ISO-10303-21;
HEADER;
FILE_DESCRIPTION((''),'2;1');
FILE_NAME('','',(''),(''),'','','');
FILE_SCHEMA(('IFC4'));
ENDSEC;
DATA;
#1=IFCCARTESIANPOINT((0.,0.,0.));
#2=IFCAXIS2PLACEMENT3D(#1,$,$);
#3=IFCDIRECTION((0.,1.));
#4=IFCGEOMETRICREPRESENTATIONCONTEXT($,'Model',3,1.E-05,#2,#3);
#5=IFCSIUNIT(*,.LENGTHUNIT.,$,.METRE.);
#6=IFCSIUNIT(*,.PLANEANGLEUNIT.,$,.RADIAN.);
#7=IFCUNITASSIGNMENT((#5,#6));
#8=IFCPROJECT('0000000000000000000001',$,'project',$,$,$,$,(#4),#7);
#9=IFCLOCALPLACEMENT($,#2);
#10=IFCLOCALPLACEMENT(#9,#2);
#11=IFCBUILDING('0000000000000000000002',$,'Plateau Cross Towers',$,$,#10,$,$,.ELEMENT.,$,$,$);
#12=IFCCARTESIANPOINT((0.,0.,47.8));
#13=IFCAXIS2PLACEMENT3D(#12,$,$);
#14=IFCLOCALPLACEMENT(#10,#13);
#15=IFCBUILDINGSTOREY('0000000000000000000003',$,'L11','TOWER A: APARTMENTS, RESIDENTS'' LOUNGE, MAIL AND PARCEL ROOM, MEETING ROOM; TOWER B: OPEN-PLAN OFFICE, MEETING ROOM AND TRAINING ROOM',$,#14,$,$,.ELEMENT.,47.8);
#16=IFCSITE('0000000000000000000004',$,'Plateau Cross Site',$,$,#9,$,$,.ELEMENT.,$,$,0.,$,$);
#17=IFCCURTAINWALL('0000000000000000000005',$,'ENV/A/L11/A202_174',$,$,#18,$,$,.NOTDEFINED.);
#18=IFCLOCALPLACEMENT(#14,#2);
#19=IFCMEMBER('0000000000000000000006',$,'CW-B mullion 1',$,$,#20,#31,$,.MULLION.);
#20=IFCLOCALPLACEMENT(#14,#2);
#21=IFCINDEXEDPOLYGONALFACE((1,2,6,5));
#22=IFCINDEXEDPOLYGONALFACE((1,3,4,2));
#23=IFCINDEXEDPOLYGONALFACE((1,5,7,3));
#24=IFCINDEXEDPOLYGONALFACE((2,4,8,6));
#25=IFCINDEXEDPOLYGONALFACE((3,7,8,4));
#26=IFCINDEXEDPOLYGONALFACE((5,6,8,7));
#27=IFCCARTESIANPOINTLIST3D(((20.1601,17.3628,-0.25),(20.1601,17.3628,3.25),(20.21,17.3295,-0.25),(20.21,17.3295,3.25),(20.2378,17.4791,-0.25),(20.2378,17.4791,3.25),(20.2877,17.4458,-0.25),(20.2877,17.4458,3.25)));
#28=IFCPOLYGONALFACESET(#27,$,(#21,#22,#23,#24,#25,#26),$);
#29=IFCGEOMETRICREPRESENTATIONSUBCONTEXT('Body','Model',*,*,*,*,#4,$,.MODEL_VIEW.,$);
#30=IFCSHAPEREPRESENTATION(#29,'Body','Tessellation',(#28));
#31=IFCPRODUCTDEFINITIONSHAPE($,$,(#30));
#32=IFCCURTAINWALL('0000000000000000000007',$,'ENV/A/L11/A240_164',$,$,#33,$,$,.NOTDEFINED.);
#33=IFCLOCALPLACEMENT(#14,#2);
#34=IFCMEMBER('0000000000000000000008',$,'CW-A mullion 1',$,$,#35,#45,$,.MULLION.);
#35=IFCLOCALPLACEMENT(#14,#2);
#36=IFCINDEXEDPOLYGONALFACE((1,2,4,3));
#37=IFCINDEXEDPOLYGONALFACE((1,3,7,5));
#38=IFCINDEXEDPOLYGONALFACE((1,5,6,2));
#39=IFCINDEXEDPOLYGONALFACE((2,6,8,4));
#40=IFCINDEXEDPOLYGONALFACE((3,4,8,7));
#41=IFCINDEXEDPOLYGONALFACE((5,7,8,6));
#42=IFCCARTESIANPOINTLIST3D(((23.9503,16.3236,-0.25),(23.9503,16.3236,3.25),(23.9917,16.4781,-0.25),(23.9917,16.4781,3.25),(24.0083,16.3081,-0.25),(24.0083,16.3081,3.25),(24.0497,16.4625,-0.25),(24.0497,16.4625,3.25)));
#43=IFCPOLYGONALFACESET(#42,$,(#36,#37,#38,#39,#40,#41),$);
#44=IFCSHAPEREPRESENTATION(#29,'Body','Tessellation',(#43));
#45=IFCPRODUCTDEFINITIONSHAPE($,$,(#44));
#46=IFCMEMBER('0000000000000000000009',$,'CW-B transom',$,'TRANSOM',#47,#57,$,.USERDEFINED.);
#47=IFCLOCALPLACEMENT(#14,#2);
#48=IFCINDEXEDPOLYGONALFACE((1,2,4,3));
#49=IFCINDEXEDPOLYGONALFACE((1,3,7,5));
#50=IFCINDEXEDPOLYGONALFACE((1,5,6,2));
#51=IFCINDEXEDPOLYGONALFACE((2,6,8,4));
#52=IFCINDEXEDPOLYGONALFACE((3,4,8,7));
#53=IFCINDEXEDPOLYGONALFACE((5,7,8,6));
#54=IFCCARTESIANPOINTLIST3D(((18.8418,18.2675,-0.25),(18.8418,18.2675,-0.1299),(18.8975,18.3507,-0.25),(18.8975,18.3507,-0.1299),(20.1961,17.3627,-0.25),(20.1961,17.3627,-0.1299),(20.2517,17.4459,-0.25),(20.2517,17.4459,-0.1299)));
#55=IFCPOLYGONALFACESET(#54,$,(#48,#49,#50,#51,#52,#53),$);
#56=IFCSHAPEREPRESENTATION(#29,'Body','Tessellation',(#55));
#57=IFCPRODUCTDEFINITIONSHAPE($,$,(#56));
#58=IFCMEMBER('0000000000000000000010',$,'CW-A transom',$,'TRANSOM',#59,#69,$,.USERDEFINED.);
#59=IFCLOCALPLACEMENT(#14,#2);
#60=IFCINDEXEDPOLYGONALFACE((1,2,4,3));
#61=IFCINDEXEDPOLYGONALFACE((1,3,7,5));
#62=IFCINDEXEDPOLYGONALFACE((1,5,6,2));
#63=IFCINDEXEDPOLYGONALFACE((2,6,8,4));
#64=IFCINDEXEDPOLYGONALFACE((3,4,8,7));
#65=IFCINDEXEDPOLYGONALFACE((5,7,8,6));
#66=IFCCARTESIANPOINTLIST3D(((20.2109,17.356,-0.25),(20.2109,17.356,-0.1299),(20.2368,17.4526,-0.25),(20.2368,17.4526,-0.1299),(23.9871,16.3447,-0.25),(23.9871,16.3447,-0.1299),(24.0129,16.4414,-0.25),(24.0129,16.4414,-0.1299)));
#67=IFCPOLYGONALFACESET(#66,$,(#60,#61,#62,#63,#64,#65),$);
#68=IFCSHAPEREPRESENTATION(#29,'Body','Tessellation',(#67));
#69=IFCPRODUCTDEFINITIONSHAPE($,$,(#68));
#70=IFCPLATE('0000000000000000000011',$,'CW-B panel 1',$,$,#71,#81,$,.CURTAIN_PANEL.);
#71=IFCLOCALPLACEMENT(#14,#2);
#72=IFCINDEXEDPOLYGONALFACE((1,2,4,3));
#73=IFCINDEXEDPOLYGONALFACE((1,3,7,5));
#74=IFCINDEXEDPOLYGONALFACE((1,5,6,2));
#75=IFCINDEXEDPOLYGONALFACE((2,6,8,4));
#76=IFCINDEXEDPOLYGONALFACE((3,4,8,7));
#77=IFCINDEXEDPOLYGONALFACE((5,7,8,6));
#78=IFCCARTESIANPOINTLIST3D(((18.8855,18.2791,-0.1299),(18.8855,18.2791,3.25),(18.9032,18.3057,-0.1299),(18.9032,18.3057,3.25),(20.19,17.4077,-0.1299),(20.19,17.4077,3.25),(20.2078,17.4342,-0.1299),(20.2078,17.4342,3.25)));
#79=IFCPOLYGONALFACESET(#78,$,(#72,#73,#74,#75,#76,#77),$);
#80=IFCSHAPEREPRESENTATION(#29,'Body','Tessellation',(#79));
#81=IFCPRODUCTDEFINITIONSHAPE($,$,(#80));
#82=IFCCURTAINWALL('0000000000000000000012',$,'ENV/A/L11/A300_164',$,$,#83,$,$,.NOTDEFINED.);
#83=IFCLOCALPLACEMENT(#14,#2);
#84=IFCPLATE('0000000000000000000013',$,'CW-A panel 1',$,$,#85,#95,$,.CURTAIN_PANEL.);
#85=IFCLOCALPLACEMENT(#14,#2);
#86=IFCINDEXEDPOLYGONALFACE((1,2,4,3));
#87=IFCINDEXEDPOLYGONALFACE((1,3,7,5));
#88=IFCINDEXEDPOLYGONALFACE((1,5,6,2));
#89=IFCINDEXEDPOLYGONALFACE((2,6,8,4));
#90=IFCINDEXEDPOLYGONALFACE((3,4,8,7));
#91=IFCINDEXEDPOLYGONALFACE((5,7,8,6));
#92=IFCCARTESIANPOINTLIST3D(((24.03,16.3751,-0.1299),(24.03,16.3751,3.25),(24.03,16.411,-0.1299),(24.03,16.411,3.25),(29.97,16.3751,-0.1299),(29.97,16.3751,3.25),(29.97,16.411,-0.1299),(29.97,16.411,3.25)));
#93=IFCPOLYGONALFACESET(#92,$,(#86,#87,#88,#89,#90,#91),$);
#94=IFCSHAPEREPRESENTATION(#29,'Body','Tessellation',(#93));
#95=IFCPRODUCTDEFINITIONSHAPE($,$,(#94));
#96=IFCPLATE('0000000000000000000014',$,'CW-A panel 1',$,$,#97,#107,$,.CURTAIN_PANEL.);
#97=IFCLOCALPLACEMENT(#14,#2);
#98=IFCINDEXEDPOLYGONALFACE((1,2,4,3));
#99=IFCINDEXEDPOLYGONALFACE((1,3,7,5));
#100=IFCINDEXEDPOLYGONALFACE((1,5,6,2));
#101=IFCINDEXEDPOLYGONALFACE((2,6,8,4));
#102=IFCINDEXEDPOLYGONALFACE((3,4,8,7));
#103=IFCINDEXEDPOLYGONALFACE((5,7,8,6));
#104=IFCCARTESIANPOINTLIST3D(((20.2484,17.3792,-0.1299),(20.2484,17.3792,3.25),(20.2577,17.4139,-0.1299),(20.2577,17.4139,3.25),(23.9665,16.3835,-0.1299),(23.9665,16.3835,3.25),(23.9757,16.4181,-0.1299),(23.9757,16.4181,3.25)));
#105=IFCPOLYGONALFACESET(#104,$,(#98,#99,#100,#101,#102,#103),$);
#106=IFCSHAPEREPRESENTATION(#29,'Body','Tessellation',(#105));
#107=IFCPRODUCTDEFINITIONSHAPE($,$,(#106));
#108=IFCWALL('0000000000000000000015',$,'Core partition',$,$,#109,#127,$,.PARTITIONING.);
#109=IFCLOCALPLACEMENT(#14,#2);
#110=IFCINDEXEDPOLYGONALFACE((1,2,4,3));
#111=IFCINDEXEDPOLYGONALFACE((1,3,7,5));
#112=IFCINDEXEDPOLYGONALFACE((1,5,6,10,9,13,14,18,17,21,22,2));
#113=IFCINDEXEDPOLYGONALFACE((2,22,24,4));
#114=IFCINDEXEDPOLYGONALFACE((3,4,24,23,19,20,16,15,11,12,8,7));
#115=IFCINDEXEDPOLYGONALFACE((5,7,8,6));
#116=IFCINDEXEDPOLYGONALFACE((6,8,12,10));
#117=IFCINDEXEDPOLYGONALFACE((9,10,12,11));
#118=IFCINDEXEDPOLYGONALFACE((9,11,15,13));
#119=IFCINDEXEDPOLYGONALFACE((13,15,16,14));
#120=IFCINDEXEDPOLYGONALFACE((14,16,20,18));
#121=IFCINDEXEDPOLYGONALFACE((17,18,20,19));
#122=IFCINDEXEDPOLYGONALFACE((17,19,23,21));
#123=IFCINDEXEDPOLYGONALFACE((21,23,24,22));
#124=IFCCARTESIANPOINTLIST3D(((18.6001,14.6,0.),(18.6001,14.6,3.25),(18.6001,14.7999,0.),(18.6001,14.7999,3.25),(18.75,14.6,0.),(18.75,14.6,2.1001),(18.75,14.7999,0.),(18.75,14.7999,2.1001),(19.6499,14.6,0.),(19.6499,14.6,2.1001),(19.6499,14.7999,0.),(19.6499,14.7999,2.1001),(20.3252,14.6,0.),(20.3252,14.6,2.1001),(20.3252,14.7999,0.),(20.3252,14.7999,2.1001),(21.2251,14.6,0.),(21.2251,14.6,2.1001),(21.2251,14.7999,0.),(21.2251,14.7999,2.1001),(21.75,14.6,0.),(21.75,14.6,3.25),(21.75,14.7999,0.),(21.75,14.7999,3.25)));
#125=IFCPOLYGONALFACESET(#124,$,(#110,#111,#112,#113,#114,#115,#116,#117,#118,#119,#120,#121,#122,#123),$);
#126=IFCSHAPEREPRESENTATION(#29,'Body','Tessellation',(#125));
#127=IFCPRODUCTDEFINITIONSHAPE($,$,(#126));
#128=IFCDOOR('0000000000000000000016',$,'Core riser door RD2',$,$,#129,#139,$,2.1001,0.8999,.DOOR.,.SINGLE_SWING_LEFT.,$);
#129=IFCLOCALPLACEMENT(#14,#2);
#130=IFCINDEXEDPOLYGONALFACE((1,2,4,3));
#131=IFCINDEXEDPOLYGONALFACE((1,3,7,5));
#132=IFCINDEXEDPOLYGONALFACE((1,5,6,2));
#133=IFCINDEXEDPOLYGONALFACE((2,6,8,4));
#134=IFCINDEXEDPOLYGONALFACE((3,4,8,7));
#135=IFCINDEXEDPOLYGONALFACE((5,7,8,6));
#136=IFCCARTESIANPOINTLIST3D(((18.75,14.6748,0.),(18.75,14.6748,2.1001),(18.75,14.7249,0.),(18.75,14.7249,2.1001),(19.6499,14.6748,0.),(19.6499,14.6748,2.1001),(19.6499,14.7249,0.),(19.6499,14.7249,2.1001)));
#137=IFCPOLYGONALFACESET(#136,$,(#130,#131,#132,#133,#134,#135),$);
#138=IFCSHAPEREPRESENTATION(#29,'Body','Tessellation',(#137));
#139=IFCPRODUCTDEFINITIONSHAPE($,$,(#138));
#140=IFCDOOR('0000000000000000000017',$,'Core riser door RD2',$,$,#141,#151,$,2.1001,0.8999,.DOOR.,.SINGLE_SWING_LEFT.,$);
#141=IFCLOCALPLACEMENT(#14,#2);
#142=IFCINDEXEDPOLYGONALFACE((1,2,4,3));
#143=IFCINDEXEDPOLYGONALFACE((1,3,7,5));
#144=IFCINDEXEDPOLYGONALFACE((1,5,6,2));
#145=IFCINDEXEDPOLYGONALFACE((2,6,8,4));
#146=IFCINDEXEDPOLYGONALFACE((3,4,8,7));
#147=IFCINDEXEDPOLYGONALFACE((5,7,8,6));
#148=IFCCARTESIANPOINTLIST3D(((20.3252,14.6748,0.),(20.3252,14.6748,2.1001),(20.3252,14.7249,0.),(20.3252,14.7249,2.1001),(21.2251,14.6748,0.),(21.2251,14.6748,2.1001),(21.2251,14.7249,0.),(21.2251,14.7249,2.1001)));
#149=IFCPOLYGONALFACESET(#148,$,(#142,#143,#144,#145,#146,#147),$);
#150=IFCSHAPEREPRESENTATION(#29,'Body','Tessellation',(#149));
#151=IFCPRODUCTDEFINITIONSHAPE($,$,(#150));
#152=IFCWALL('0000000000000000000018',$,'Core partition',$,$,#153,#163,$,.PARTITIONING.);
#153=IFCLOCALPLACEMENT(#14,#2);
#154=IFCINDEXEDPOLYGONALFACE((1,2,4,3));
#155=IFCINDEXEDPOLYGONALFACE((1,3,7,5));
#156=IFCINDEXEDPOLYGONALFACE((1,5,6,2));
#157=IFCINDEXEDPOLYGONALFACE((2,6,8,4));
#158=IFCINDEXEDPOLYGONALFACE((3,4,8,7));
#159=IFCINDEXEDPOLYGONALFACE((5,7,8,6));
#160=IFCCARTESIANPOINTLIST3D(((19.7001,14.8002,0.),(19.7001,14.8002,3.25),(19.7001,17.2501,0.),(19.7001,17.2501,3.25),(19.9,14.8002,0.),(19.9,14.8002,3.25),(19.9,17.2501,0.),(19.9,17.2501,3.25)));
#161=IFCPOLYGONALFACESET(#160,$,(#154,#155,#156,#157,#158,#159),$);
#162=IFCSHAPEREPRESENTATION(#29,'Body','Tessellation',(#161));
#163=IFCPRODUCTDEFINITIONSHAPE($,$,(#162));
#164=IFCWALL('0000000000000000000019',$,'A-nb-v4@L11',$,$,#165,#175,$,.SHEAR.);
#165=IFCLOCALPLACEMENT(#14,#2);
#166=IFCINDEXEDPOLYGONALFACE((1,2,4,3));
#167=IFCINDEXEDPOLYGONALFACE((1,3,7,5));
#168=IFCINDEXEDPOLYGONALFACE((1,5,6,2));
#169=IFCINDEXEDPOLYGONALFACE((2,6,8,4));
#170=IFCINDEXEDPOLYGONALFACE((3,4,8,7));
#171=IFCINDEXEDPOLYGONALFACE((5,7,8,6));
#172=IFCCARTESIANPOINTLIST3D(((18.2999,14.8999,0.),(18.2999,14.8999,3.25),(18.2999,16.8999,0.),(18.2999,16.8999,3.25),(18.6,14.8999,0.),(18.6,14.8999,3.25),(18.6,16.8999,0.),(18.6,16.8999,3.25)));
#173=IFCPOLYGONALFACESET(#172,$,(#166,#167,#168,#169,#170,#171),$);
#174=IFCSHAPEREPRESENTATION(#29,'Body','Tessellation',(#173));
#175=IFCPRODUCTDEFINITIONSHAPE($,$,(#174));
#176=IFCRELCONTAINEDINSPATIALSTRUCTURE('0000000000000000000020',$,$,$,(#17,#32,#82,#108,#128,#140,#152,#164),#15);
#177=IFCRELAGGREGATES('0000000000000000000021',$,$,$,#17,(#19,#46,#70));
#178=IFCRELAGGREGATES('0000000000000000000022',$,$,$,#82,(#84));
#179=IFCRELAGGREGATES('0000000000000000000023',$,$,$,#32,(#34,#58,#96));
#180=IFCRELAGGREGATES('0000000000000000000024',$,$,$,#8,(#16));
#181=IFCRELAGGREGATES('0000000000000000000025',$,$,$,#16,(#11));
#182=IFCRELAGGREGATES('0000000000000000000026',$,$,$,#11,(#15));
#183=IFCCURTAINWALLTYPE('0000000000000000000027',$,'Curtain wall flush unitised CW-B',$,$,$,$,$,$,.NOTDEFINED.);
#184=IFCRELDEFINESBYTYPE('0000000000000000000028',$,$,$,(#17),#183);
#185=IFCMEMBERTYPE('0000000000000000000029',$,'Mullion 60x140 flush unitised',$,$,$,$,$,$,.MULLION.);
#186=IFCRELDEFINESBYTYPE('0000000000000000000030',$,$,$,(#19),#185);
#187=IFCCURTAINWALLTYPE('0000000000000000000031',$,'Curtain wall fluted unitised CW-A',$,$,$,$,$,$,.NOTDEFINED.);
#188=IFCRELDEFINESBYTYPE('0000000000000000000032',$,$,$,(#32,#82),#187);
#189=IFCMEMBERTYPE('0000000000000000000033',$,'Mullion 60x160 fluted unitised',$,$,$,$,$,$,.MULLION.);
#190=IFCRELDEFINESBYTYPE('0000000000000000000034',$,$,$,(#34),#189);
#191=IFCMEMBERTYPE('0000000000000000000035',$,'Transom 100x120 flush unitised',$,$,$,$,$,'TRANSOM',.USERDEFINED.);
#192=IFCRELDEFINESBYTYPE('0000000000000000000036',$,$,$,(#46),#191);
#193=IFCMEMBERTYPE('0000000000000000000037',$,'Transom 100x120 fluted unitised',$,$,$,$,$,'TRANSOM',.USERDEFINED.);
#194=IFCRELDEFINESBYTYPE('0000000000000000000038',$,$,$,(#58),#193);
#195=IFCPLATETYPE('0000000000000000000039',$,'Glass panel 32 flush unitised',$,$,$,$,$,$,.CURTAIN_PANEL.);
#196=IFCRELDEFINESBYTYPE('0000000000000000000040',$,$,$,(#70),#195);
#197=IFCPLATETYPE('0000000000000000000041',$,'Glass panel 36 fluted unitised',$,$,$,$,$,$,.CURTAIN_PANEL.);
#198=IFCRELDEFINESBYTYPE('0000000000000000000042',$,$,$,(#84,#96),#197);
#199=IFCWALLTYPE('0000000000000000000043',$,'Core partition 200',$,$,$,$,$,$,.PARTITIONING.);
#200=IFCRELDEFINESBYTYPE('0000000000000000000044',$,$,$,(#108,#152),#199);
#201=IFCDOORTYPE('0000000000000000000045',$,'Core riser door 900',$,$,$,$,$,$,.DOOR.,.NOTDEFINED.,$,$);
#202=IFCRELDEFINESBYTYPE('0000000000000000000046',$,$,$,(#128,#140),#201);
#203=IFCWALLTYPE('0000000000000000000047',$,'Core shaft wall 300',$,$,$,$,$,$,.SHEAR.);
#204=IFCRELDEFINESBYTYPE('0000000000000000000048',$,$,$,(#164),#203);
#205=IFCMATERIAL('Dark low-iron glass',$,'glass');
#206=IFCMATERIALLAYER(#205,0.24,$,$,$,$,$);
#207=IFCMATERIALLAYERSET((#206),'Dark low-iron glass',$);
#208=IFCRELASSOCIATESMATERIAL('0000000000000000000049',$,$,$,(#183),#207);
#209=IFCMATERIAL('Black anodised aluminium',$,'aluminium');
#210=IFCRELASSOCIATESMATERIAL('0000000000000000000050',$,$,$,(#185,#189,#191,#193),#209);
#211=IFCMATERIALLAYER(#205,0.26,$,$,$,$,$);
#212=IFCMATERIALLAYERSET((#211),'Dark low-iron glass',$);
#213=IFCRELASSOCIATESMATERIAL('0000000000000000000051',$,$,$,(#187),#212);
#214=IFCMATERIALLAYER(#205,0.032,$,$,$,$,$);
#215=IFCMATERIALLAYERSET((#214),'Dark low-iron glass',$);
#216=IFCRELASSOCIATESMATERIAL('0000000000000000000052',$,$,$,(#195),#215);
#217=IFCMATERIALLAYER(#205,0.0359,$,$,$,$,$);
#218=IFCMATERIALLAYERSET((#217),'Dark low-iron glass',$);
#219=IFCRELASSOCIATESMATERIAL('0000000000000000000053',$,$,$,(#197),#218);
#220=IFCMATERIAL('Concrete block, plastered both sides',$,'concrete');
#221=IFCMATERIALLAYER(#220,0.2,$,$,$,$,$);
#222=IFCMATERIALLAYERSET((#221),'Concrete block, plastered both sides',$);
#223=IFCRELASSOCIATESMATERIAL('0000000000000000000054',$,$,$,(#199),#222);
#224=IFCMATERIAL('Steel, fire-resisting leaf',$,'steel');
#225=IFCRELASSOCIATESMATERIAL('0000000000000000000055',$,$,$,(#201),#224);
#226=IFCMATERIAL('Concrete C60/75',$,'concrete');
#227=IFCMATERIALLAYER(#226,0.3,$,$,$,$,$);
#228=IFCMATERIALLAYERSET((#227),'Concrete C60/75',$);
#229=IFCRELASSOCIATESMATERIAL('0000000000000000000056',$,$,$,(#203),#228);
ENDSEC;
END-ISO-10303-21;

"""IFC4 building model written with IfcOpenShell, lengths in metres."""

from ifc_helpers import new_model, si_unit, direction, frame, frame_2d, origin, origin_2d, place, context, subcontext, project, spatial, rectangle, extrude, material, layer, layer_set, material_profile, profile_set, type_object, element, fill, aggregate, save


model = new_model("IFC4")

# Units and contexts
model_context = context("Model", 3, precision=1e-05, world=origin(), true_north=direction((0.0, 1.0)))
body_context = subcontext(model_context, "Body", "Model", "MODEL_VIEW")
ifc_project = project(units=[si_unit("LENGTHUNIT", "METRE"), si_unit("PLANEANGLEUNIT", "RADIAN")], contexts=[model_context])

# Site, building, storey
site_placement = place(None, origin())
site = spatial("IfcSite", under=ifc_project, at=site_placement, Name="Plateau Cross Site", CompositionType="ELEMENT", RefElevation=0.0)
building_placement = place(site_placement, origin())
building = spatial("IfcBuilding", under=site, at=building_placement, Name="Plateau Cross Towers", CompositionType="ELEMENT")
storey_placement = place(building_placement, frame((0.0, 0.0, 47.8)))
storey = spatial("IfcBuildingStorey", under=building, at=storey_placement, Name="L11", Description="TOWER A: APARTMENTS, RESIDENTS' LOUNGE, MAIL AND PARCEL ROOM, MEETING ROOM; TOWER B: OPEN-PLAN OFFICE, MEETING ROOM AND TRAINING ROOM", CompositionType="ELEMENT", Elevation=47.8)

# Curtain walls, members
ifc_material_1 = material(Name="Dark low-iron glass", Category="glass")
ifc_layer_1 = layer(ifc_material_1, 0.24)
ifc_layer_set_1 = layer_set([ifc_layer_1], Name="Dark low-iron glass")
curtain_wall_type_1 = type_object("IfcCurtainWallType", Name="Curtain wall flush unitised CW-B", PredefinedType="NOTDEFINED", material=ifc_layer_set_1)
curtain_wall_1_placement = place(storey_placement, origin())
curtain_wall_1 = element("IfcCurtainWall", 1, at=curtain_wall_1_placement, inside=storey, type_object=curtain_wall_type_1, Name="ENV/A/L11/A202_174", PredefinedType="NOTDEFINED")
ifc_material_2 = material(Name="Black anodised aluminium", Category="aluminium")
ifc_material_profile_1 = material_profile(ifc_material_2, rectangle(XDim=0.0601, YDim=0.1399, at=origin_2d()), Name="MULLION 60x140")
ifc_profile_set_1 = profile_set([ifc_material_profile_1], Name="Black anodised aluminium")
member_type_1 = type_object("IfcMemberType", Name="Mullion 60x140 flush unitised", PredefinedType="MULLION", material=ifc_profile_set_1)
member_1_placement = place(storey_placement, frame((20.2239, 17.4043, -0.25), z_axis=(0.0, 0.0, 1.0), x_axis=(-0.831521, 0.555493, 0.0)))
member_1 = element("IfcMember", 2, at=member_1_placement, type_object=member_type_1, Name="CW-B mullion 1", PredefinedType="MULLION", context=body_context, shape_type="SweptSolid", body=[
    extrude(rectangle(XDim=0.0601, YDim=0.1399, at=origin_2d()), origin(), (0.0, 0.0, 1.0), 3.5),
])
ifc_layer_2 = layer(ifc_material_1, 0.26)
ifc_layer_set_2 = layer_set([ifc_layer_2], Name="Dark low-iron glass")
curtain_wall_type_2 = type_object("IfcCurtainWallType", Name="Curtain wall fluted unitised CW-A", PredefinedType="NOTDEFINED", material=ifc_layer_set_2)
curtain_wall_2_placement = place(storey_placement, origin())
curtain_wall_2 = element("IfcCurtainWall", 3, at=curtain_wall_2_placement, inside=storey, type_object=curtain_wall_type_2, Name="ENV/A/L11/A240_164", PredefinedType="NOTDEFINED")
ifc_material_profile_2 = material_profile(ifc_material_2, rectangle(XDim=0.0601, YDim=0.1599, at=origin_2d()), Name="MULLION 60x160")
ifc_profile_set_2 = profile_set([ifc_material_profile_2], Name="Black anodised aluminium")
member_type_2 = type_object("IfcMemberType", Name="Mullion 60x160 fluted unitised", PredefinedType="MULLION", material=ifc_profile_set_2)
member_2_placement = place(storey_placement, frame((24.0, 16.3931, -0.25), z_axis=(0.0, 0.0, 1.0), x_axis=(-0.965958, 0.258699, 0.0)))
member_2 = element("IfcMember", 4, at=member_2_placement, type_object=member_type_2, Name="CW-A mullion 1", PredefinedType="MULLION", context=body_context, shape_type="SweptSolid", body=[
    extrude(rectangle(XDim=0.0601, YDim=0.1599, at=origin_2d()), origin(), (0.0, 0.0, 1.0), 3.5),
])

# Members
ifc_material_profile_3 = material_profile(ifc_material_2, rectangle(XDim=0.1001, YDim=0.1201, at=origin_2d()), Name="TRANSOM 100x120")
ifc_profile_set_3 = profile_set([ifc_material_profile_3], Name="Black anodised aluminium")
member_type_3 = type_object("IfcMemberType", Name="Transom 100x120 flush unitised", ElementType="TRANSOM", PredefinedType="USERDEFINED", material=ifc_profile_set_3)
member_3_placement = place(storey_placement, frame((20.2239, 17.4043, -0.1899), z_axis=(-0.831496, 0.55553, 0.0), x_axis=(-0.55553, -0.831496, 0.0)))
member_3 = element("IfcMember", 5, at=member_3_placement, type_object=member_type_3, Name="CW-B transom", ObjectType="TRANSOM", PredefinedType="USERDEFINED", context=body_context, shape_type="SweptSolid", body=[
    extrude(rectangle(XDim=0.1001, YDim=0.1201, at=origin_2d()), origin(), (0.0, 0.0, 1.0), 1.6287),
])
ifc_material_profile_4 = material_profile(ifc_material_2, rectangle(XDim=0.1001, YDim=0.1201, at=origin_2d()), Name="TRANSOM 100x120")
ifc_profile_set_4 = profile_set([ifc_material_profile_4], Name="Black anodised aluminium")
member_type_4 = type_object("IfcMemberType", Name="Transom 100x120 fluted unitised", ElementType="TRANSOM", PredefinedType="USERDEFINED", material=ifc_profile_set_4)
member_4_placement = place(storey_placement, frame((24.0, 16.3931, -0.1899), z_axis=(-0.965963, 0.258681, 0.0), x_axis=(-0.258681, -0.965963, 0.0)))
member_4 = element("IfcMember", 6, at=member_4_placement, type_object=member_type_4, Name="CW-A transom", ObjectType="TRANSOM", PredefinedType="USERDEFINED", context=body_context, shape_type="SweptSolid", body=[
    extrude(rectangle(XDim=0.1001, YDim=0.1201, at=origin_2d()), origin(), (0.0, 0.0, 1.0), 3.9092),
])

# Plate
ifc_layer_3 = layer(ifc_material_1, 0.032)
ifc_layer_set_3 = layer_set([ifc_layer_3], Name="Dark low-iron glass")
plate_type_1 = type_object("IfcPlateType", Name="Glass panel 32 flush unitised", PredefinedType="CURTAIN_PANEL", material=ifc_layer_set_3)
plate_1_placement = place(storey_placement, frame((19.5466, 17.8567, -0.1299), z_axis=(0.0, 0.0, 1.0), x_axis=(-0.831521, 0.555493, 0.0)))
plate_1 = element("IfcPlate", 7, at=plate_1_placement, type_object=plate_type_1, Name="CW-B panel 1", PredefinedType="CURTAIN_PANEL", context=body_context, shape_type="SweptSolid", body=[
    extrude(rectangle(XDim=1.5688, YDim=0.032, at=origin_2d()), origin(), (0.0, 0.0, 1.0), 3.3799),
])
aggregate(curtain_wall_1, [member_1, member_3, plate_1])

# Curtain wall, plate
curtain_wall_3_placement = place(storey_placement, origin())
curtain_wall_3 = element("IfcCurtainWall", 8, at=curtain_wall_3_placement, inside=storey, type_object=curtain_wall_type_2, Name="ENV/A/L11/A300_164", PredefinedType="NOTDEFINED")
ifc_layer_4 = layer(ifc_material_1, 0.0359)
ifc_layer_set_4 = layer_set([ifc_layer_4], Name="Dark low-iron glass")
plate_type_2 = type_object("IfcPlateType", Name="Glass panel 36 fluted unitised", PredefinedType="CURTAIN_PANEL", material=ifc_layer_set_4)
plate_2_placement = place(storey_placement, frame((27.0, 16.3931, -0.1299), z_axis=(0.0, 0.0, 1.0), x_axis=(-1.0, 0.0, 0.0)))
plate_2 = element("IfcPlate", 9, at=plate_2_placement, type_object=plate_type_2, Name="CW-A panel 1", PredefinedType="CURTAIN_PANEL", context=body_context, shape_type="SweptSolid", body=[
    extrude(rectangle(XDim=5.9399, YDim=0.0359, at=origin_2d()), origin(), (0.0, 0.0, 1.0), 3.3799),
])
aggregate(curtain_wall_3, [plate_2])

# Plate
plate_3_placement = place(storey_placement, frame((22.1121, 16.8987, -0.1299), z_axis=(0.0, 0.0, 1.0), x_axis=(-0.965958, 0.258699, 0.0)))
plate_3 = element("IfcPlate", 10, at=plate_3_placement, type_object=plate_type_2, Name="CW-A panel 1", PredefinedType="CURTAIN_PANEL", context=body_context, shape_type="SweptSolid", body=[
    extrude(rectangle(XDim=3.8491, YDim=0.0359, at=origin_2d()), origin(), (0.0, 0.0, 1.0), 3.3799),
])
aggregate(curtain_wall_2, [member_2, member_4, plate_3])

# Wall, openings, doors
ifc_material_3 = material(Name="Concrete block, plastered both sides", Category="concrete")
ifc_layer_5 = layer(ifc_material_3, 0.2)
ifc_layer_set_5 = layer_set([ifc_layer_5], Name="Concrete block, plastered both sides")
wall_type_1 = type_object("IfcWallType", Name="Core partition 200", PredefinedType="PARTITIONING", material=ifc_layer_set_5)
wall_1_placement = place(storey_placement, frame((18.6001, 14.7, 0.0), z_axis=(0.0, 0.0, 1.0), x_axis=(1.0, 0.0, 0.0)))
wall_1 = element("IfcWall", 11, at=wall_1_placement, inside=storey, type_object=wall_type_1, Name="Core partition", PredefinedType="PARTITIONING", context=body_context, shape_type="SweptSolid", body=[
    extrude(rectangle(XDim=3.1499, YDim=0.2, at=frame_2d((1.575, 0.0))), origin(), (0.0, 0.0, 1.0), 3.25),
])
opening_1_placement = place(wall_1_placement, frame((0.1499, 0.0, 0.0)))
opening_1 = element("IfcOpeningElement", 12, at=opening_1_placement, cuts=wall_1, PredefinedType="OPENING", context=body_context, shape_type="SweptSolid", body=[
    extrude(rectangle(XDim=0.8999, YDim=2.1001, at=frame_2d((0.45, 1.05))), frame((0.0, 0.1099, 0.0), z_axis=(0.0, -1.0, 0.0), x_axis=(1.0, 0.0, 0.0)), (0.0, 0.0, 1.0), 0.22),
])
opening_2_placement = place(wall_1_placement, frame((1.7251, 0.0, 0.0)))
opening_2 = element("IfcOpeningElement", 13, at=opening_2_placement, cuts=wall_1, PredefinedType="OPENING", context=body_context, shape_type="SweptSolid", body=[
    extrude(rectangle(XDim=0.8999, YDim=2.1001, at=frame_2d((0.45, 1.05))), frame((0.0, 0.1099, 0.0), z_axis=(0.0, -1.0, 0.0), x_axis=(1.0, 0.0, 0.0)), (0.0, 0.0, 1.0), 0.22),
])
ifc_material_4 = material(Name="Steel, fire-resisting leaf", Category="steel")
door_type_1 = type_object("IfcDoorType", Name="Core riser door 900", OperationType="NOTDEFINED", PredefinedType="DOOR", material=ifc_material_4)
door_1_placement = place(opening_1_placement, origin())
door_1 = element("IfcDoor", 14, at=door_1_placement, inside=storey, type_object=door_type_1, Name="Core riser door RD2", OperationType="SINGLE_SWING_LEFT", OverallHeight=2.1001, OverallWidth=0.8999, PredefinedType="DOOR", context=body_context, shape_type="SweptSolid", body=[
    extrude(rectangle(XDim=0.8999, YDim=2.1001, at=frame_2d((0.45, 1.05))), frame((0.0, 0.0249, 0.0), z_axis=(0.0, -1.0, 0.0), x_axis=(1.0, 0.0, 0.0)), (0.0, 0.0, 1.0), 0.05),
])
fill(opening_1, door_1)
door_2_placement = place(opening_2_placement, origin())
door_2 = element("IfcDoor", 15, at=door_2_placement, inside=storey, type_object=door_type_1, Name="Core riser door RD2", OperationType="SINGLE_SWING_LEFT", OverallHeight=2.1001, OverallWidth=0.8999, PredefinedType="DOOR", context=body_context, shape_type="SweptSolid", body=[
    extrude(rectangle(XDim=0.8999, YDim=2.1001, at=frame_2d((0.45, 1.05))), frame((0.0, 0.0249, 0.0), z_axis=(0.0, -1.0, 0.0), x_axis=(1.0, 0.0, 0.0)), (0.0, 0.0, 1.0), 0.05),
])
fill(opening_2, door_2)

# Walls
wall_2_placement = place(storey_placement, frame((19.8, 14.8, 0.0), z_axis=(0.0, 0.0, 1.0), x_axis=(0.0, 1.0, 0.0)))
element("IfcWall", 16, at=wall_2_placement, inside=storey, type_object=wall_type_1, Name="Core partition", PredefinedType="PARTITIONING", context=body_context, shape_type="SweptSolid", body=[
    extrude(rectangle(XDim=2.45, YDim=0.2, at=frame_2d((1.2251, 0.0))), origin(), (0.0, 0.0, 1.0), 3.25),
])
ifc_material_5 = material(Name="Concrete C60/75", Category="concrete")
ifc_layer_6 = layer(ifc_material_5, 0.3)
ifc_layer_set_6 = layer_set([ifc_layer_6], Name="Concrete C60/75")
wall_type_2 = type_object("IfcWallType", Name="Core shaft wall 300", PredefinedType="SHEAR", material=ifc_layer_set_6)
wall_3_placement = place(storey_placement, frame((18.45, 14.8999, 0.0), z_axis=(0.0, 0.0, 1.0), x_axis=(0.0, 1.0, 0.0)))
element("IfcWall", 17, at=wall_3_placement, inside=storey, type_object=wall_type_2, Name="A-nb-v4@L11", PredefinedType="SHEAR", context=body_context, shape_type="SweptSolid", body=[
    extrude(rectangle(XDim=2.0, YDim=0.3, at=frame_2d((1.0, 0.0))), origin(), (0.0, 0.0, 1.0), 3.25),
])

save(model, "model.ifc")
